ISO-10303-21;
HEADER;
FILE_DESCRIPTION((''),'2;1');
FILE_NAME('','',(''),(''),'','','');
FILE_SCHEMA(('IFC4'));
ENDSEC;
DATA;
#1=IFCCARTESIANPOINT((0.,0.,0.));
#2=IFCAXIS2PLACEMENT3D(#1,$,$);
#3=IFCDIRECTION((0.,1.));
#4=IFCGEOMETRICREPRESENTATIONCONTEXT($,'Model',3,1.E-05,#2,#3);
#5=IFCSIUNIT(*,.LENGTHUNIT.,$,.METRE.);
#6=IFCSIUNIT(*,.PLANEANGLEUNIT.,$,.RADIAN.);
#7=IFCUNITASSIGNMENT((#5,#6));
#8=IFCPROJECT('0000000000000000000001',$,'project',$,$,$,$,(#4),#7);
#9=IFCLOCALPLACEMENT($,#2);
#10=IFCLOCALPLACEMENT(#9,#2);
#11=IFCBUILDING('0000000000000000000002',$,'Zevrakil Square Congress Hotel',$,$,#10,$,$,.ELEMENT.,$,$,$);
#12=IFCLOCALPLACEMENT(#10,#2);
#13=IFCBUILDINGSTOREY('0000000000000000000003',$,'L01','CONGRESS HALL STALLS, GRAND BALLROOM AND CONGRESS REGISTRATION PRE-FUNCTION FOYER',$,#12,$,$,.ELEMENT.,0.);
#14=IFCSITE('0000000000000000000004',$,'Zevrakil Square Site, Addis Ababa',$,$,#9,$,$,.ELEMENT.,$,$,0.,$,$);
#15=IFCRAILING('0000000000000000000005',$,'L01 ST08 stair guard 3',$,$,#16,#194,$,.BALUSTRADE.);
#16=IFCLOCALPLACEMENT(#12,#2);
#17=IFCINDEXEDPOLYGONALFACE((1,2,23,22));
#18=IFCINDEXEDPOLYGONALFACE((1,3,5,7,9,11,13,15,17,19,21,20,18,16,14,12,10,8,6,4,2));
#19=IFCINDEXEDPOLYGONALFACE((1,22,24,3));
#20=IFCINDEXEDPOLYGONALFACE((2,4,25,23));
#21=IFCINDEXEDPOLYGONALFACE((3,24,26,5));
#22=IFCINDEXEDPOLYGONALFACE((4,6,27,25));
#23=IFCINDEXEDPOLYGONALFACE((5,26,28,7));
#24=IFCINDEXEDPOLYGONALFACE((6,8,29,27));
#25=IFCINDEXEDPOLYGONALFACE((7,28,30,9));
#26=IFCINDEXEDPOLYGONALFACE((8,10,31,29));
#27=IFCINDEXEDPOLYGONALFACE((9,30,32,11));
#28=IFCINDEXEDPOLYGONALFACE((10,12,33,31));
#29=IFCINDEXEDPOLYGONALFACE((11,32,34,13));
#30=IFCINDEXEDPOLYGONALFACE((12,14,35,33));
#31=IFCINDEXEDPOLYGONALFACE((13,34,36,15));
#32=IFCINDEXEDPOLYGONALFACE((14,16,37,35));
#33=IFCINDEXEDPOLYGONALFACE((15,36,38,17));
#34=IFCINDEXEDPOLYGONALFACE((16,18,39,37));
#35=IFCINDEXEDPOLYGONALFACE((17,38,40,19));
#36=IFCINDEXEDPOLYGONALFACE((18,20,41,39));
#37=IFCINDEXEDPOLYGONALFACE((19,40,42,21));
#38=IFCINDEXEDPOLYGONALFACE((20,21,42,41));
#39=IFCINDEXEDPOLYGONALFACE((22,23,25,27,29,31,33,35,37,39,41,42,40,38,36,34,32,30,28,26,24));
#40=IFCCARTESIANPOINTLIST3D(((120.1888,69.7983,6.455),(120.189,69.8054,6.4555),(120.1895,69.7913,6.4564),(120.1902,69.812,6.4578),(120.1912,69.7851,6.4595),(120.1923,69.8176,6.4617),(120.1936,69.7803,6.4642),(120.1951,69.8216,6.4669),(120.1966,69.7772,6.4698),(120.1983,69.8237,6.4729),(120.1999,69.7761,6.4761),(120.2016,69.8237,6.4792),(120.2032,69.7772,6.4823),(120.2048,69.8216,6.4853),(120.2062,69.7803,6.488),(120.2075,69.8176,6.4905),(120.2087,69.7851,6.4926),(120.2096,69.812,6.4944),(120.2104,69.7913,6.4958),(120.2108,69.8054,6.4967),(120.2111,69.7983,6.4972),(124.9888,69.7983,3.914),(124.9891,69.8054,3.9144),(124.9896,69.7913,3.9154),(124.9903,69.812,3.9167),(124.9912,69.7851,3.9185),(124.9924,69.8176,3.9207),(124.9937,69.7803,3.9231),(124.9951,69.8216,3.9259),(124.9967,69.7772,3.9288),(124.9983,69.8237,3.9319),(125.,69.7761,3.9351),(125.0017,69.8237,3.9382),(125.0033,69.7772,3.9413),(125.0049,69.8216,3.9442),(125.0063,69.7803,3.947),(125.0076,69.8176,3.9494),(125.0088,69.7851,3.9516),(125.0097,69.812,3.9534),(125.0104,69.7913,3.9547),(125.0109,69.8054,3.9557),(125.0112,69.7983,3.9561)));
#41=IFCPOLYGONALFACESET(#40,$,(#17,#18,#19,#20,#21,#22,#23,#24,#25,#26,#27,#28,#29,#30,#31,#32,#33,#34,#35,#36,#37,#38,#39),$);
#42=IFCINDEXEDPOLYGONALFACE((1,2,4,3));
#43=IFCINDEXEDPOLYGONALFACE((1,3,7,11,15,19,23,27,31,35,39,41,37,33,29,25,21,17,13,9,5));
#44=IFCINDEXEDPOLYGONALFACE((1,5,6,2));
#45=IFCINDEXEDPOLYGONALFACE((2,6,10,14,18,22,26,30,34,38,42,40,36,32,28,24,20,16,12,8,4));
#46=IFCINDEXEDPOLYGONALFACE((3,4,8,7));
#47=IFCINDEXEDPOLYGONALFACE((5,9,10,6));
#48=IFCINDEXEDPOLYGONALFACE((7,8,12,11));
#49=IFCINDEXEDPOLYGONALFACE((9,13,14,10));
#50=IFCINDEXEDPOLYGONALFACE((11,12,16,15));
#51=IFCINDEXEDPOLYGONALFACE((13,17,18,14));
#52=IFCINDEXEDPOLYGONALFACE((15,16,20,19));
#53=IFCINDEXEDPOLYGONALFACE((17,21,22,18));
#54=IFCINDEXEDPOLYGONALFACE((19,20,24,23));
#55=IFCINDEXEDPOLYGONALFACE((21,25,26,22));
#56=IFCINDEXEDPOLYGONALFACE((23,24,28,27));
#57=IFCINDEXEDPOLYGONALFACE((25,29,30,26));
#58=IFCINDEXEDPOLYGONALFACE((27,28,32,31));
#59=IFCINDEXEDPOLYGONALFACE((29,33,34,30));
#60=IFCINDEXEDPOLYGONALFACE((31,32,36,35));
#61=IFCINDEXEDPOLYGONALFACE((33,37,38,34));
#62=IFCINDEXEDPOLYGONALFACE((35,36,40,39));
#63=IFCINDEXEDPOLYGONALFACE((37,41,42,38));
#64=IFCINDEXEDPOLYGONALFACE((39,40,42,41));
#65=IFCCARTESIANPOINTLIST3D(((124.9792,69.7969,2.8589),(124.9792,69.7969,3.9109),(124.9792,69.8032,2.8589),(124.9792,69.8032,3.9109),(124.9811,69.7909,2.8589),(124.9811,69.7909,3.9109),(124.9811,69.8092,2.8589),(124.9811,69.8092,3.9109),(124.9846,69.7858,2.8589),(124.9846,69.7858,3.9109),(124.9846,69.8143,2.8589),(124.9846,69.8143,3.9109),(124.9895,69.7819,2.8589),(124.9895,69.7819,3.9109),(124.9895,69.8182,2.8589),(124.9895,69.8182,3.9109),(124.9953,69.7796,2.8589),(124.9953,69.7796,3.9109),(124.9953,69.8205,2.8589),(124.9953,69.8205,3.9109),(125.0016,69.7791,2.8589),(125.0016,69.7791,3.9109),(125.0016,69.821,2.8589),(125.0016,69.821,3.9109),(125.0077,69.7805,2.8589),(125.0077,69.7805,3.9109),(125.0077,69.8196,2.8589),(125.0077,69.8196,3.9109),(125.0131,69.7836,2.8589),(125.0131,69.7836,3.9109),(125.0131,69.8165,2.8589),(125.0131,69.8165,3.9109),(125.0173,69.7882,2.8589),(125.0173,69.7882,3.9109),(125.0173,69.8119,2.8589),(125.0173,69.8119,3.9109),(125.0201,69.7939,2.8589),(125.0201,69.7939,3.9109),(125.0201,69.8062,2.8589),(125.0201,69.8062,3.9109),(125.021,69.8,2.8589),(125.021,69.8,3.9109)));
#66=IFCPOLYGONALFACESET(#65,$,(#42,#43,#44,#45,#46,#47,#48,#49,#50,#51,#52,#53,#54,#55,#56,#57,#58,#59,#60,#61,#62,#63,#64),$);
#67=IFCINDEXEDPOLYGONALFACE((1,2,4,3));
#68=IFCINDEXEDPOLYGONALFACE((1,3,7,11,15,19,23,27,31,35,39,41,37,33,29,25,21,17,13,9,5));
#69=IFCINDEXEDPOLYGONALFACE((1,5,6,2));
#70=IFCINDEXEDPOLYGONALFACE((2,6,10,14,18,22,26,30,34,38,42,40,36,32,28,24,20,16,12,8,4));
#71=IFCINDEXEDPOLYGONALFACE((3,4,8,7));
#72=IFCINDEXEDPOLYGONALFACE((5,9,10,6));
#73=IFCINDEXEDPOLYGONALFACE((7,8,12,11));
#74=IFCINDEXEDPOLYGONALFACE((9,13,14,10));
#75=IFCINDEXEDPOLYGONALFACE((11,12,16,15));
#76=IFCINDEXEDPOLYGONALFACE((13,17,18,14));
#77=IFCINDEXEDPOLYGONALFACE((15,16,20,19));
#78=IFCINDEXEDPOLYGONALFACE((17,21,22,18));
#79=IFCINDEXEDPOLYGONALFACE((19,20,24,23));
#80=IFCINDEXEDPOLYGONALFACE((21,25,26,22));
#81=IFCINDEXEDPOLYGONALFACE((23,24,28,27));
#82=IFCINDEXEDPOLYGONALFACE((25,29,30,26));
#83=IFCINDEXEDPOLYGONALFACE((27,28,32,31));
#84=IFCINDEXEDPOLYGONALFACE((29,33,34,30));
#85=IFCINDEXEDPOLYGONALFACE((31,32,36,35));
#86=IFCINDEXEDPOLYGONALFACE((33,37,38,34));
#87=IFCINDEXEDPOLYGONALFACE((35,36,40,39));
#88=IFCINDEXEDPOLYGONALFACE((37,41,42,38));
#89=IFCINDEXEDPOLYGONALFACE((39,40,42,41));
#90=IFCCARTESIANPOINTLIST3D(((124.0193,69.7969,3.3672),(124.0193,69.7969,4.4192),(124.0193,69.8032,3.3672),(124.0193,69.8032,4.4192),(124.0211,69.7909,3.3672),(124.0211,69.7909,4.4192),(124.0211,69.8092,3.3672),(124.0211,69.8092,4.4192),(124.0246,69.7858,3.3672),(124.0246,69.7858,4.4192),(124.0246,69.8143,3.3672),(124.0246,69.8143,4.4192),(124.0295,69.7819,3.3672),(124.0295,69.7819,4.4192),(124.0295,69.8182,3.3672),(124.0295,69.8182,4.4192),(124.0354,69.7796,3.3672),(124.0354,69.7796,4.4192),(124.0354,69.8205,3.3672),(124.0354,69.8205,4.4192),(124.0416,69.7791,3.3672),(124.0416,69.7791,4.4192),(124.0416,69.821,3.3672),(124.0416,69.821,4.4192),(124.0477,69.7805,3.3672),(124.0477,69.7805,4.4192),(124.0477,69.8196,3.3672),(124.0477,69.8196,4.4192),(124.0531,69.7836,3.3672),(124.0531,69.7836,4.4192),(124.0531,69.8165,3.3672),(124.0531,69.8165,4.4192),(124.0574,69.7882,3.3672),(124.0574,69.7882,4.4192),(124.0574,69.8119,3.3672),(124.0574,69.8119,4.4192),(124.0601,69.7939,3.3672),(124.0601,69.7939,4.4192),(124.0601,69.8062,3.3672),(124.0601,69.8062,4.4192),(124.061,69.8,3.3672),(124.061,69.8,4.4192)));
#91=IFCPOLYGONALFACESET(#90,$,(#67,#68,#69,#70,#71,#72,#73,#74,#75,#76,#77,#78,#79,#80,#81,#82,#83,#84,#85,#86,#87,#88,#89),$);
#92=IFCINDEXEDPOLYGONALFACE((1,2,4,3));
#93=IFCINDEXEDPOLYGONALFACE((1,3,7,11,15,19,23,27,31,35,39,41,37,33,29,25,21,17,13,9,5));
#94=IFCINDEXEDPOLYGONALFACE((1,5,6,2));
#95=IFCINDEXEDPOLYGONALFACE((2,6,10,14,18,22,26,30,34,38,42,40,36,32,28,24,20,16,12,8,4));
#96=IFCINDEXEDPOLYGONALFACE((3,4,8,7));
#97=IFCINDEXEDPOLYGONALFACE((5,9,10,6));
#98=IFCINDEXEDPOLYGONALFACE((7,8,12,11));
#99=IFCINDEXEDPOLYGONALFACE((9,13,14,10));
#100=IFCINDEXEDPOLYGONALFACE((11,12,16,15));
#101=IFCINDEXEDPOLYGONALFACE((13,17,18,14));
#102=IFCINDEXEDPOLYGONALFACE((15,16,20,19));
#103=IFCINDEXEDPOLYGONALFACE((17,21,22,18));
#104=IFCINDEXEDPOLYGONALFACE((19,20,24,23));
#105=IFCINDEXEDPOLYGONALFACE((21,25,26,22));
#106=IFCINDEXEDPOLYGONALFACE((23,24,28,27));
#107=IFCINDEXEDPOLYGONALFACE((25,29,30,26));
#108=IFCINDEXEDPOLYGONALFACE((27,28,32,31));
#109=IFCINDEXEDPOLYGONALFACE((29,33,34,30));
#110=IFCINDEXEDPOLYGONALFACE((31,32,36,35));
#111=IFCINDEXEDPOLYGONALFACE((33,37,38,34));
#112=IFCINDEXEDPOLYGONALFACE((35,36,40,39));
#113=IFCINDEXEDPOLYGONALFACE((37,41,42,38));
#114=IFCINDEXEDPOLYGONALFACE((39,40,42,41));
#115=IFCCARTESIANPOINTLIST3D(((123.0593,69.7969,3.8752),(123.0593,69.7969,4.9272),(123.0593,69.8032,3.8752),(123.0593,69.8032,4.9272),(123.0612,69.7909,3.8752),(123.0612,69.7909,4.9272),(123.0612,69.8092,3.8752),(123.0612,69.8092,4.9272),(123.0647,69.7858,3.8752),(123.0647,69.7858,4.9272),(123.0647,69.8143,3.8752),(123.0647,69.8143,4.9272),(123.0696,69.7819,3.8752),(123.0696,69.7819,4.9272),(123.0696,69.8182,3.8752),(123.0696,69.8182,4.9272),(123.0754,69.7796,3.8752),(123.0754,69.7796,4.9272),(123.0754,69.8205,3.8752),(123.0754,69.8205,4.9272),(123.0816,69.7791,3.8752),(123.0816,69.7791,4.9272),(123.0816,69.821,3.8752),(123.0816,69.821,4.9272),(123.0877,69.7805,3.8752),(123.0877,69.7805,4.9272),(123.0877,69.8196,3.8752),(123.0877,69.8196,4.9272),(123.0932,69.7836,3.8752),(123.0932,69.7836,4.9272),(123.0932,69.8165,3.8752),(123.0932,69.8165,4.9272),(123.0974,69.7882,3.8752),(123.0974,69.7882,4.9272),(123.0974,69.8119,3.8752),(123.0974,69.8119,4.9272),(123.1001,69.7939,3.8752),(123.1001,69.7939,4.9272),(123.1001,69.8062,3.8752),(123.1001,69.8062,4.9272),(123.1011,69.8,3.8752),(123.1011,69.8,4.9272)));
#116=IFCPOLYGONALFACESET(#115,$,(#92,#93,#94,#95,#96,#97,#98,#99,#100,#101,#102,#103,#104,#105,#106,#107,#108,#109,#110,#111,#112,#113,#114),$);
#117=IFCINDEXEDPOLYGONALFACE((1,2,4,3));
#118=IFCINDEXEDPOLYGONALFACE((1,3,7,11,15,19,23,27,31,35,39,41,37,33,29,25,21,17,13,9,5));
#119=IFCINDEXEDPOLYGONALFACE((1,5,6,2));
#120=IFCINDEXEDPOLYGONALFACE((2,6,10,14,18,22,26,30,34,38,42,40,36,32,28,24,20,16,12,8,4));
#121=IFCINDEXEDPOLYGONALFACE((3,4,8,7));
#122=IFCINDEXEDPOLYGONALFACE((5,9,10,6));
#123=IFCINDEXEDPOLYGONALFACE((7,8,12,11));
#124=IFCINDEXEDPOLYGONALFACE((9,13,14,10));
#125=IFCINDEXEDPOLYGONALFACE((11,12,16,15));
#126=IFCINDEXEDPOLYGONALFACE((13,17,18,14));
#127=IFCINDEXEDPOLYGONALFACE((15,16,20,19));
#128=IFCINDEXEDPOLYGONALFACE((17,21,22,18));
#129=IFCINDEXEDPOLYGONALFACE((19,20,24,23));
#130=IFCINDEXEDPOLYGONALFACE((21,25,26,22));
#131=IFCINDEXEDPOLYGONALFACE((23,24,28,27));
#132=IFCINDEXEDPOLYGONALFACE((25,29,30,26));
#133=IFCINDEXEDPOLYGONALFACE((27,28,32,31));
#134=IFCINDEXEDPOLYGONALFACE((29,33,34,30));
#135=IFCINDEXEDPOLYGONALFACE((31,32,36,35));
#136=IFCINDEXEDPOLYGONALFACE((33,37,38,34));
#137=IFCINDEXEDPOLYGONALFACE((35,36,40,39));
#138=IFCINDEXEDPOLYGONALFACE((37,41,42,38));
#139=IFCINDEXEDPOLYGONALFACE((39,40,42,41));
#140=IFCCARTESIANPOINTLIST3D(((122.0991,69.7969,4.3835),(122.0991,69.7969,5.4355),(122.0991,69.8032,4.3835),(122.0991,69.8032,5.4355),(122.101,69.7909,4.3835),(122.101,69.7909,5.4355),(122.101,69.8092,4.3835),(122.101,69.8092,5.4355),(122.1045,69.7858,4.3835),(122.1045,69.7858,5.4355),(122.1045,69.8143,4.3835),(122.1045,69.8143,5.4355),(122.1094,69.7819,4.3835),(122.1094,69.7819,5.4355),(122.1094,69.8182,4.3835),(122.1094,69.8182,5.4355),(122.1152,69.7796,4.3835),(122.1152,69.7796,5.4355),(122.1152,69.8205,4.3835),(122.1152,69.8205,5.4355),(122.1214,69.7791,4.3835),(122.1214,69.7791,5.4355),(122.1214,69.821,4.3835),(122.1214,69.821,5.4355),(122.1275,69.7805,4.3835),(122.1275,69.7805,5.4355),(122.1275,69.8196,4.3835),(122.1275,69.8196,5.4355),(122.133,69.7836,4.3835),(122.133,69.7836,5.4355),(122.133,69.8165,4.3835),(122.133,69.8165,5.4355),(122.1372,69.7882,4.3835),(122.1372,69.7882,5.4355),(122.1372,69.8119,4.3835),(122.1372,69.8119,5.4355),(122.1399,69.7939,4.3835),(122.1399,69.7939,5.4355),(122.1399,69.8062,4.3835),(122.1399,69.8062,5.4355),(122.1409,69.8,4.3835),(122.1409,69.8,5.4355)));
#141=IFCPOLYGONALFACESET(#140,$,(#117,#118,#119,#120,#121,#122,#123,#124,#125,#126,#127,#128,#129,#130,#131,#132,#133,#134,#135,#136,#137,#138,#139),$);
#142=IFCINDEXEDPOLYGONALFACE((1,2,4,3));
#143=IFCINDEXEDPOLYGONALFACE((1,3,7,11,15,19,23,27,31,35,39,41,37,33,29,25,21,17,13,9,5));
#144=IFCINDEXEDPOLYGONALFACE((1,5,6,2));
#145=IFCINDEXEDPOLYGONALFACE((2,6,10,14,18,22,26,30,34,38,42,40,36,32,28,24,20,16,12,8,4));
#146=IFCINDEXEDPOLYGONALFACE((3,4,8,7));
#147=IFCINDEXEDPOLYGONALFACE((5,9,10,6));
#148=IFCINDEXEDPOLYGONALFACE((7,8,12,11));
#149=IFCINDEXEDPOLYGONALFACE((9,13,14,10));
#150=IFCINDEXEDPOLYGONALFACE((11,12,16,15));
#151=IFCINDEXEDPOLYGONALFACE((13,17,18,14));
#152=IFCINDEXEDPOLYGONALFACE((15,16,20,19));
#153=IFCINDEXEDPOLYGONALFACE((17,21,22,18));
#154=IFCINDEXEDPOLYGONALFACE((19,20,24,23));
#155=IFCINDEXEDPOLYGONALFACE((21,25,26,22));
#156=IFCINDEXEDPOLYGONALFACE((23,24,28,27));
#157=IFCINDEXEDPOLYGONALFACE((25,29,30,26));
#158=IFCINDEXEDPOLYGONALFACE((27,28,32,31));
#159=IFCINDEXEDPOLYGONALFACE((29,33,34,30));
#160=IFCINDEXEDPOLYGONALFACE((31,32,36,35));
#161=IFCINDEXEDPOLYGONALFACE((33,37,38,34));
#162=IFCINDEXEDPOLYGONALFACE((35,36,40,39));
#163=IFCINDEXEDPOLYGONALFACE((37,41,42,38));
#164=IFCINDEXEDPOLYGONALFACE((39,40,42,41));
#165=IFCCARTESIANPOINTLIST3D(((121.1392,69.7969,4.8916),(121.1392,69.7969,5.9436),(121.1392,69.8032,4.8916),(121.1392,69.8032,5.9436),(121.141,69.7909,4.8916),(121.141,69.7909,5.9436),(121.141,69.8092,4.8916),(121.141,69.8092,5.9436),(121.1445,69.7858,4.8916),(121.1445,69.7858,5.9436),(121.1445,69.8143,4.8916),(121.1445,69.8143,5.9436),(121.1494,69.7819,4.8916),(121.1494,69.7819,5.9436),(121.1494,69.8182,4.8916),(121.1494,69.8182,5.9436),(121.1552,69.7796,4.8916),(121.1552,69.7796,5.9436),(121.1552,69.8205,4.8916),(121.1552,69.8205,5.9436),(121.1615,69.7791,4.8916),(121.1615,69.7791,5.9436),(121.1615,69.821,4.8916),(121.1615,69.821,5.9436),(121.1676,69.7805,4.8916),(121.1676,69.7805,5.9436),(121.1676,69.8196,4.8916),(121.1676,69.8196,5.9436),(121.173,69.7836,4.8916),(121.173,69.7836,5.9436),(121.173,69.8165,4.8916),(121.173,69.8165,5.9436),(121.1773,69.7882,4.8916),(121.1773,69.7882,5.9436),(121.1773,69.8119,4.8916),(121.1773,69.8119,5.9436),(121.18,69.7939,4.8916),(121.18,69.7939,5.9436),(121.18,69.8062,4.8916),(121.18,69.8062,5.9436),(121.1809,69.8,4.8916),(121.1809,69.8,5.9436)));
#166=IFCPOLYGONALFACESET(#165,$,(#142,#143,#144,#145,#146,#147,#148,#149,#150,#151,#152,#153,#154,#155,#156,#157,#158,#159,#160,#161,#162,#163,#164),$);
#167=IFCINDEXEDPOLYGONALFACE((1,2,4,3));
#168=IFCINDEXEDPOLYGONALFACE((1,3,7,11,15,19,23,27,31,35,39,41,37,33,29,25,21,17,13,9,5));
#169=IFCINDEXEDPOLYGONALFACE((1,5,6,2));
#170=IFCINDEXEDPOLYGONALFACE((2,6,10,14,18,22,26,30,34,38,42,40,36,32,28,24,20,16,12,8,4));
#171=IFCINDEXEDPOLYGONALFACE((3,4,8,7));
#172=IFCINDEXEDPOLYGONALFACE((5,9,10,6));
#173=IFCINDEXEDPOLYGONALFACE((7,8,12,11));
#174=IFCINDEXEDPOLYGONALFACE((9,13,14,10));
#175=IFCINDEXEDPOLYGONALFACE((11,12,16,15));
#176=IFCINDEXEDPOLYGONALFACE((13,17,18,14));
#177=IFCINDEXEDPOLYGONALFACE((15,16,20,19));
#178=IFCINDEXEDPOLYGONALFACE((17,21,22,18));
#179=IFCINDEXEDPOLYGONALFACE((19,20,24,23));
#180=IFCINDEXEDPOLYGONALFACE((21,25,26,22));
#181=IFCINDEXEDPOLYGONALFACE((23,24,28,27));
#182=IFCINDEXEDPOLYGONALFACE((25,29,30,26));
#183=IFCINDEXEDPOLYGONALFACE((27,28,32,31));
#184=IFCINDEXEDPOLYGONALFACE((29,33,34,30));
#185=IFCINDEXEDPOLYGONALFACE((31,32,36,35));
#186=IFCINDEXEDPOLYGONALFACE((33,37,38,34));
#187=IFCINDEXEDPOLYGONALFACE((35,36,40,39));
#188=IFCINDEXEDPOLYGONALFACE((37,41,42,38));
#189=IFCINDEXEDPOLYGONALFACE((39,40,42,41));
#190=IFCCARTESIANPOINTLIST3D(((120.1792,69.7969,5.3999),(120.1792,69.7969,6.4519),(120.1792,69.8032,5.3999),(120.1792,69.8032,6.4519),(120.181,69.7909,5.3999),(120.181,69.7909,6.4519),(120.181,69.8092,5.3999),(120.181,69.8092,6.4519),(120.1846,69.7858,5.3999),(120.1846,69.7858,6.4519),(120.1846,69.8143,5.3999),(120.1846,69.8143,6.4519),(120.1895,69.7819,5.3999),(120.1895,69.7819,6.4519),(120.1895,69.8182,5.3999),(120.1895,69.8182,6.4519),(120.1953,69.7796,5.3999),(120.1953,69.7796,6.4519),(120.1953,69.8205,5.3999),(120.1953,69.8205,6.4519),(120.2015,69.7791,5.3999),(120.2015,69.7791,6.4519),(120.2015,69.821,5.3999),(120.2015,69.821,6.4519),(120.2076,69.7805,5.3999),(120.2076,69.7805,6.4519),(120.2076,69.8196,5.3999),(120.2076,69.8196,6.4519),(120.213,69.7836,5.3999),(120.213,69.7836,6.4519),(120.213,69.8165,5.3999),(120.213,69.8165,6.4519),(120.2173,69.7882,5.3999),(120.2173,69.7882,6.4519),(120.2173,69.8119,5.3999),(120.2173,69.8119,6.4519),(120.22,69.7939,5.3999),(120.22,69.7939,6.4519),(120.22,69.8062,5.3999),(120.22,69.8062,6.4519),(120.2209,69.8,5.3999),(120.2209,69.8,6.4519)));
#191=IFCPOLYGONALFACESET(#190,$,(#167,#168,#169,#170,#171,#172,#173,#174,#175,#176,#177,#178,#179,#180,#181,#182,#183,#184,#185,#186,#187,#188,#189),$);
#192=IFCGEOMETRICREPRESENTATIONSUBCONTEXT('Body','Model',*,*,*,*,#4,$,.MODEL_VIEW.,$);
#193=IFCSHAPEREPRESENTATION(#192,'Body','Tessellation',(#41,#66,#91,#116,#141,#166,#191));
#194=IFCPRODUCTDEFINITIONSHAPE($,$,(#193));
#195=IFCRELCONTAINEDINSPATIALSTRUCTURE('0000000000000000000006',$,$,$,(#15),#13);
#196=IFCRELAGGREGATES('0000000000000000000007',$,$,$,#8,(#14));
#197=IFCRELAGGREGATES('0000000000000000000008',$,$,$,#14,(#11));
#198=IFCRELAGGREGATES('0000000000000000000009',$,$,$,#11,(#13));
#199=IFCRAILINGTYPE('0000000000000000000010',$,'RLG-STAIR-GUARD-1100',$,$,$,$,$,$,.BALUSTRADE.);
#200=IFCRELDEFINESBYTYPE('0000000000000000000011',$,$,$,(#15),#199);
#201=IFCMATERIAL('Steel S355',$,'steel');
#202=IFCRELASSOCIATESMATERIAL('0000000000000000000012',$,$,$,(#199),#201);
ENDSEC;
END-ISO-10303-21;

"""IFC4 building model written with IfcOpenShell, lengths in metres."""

from ifc_helpers import new_model, si_unit, direction, frame, origin, origin_2d, place, context, subcontext, project, spatial, circle, extrude, material, type_object, element, save


model = new_model("IFC4")

# Units and contexts
model_context = context("Model", 3, precision=1e-05, world=origin(), true_north=direction((0.0, 1.0)))
body_context = subcontext(model_context, "Body", "Model", "MODEL_VIEW")
ifc_project = project(units=[si_unit("LENGTHUNIT", "METRE"), si_unit("PLANEANGLEUNIT", "RADIAN")], contexts=[model_context])

# Site, building, storey
site_placement = place(None, origin())
site = spatial("IfcSite", under=ifc_project, at=site_placement, Name="Zevrakil Square Site, Addis Ababa", CompositionType="ELEMENT", RefElevation=0.0)
building_placement = place(site_placement, origin())
building = spatial("IfcBuilding", under=site, at=building_placement, Name="Zevrakil Square Congress Hotel", CompositionType="ELEMENT")
storey_placement = place(building_placement, origin())
storey = spatial("IfcBuildingStorey", under=building, at=storey_placement, Name="L01", Description="CONGRESS HALL STALLS, GRAND BALLROOM AND CONGRESS REGISTRATION PRE-FUNCTION FOYER", CompositionType="ELEMENT", Elevation=0.0)

# Railing
ifc_material_1 = material(Name="Steel S355", Category="steel")
railing_type_1 = type_object("IfcRailingType", Name="RLG-STAIR-GUARD-1100", PredefinedType="BALUSTRADE", material=ifc_material_1)
railing_1_placement = place(storey_placement, frame((125.0, 69.8, 2.8589)))
element("IfcRailing", 1, at=railing_1_placement, inside=storey, type_object=railing_type_1, Name="L01 ST08 stair guard 3", PredefinedType="BALUSTRADE", context=body_context, shape_type="SweptSolid", body=[
    extrude(circle(Radius=0.0239, at=origin_2d()), frame((0.0, 0.0, 1.0762), z_axis=(-0.883802, 0.0, 0.467861), x_axis=(0.0, -1.0, 0.0)), (0.0, 0.0, 1.0), 5.4312),
    extrude(circle(Radius=0.021, at=origin_2d()), origin(), (0.0, 0.0, 1.0), 1.052),
    extrude(circle(Radius=0.021, at=origin_2d()), frame((-0.96, 0.0, 0.5083)), (0.0, 0.0, 1.0), 1.052),
    extrude(circle(Radius=0.021, at=origin_2d()), frame((-1.9199, 0.0, 1.0164)), (0.0, 0.0, 1.0), 1.052),
    extrude(circle(Radius=0.021, at=origin_2d()), frame((-2.8801, 0.0, 1.5247)), (0.0, 0.0, 1.0), 1.052),
    extrude(circle(Radius=0.021, at=origin_2d()), frame((-3.8401, 0.0, 2.0327)), (0.0, 0.0, 1.0), 1.052),
    extrude(circle(Radius=0.021, at=origin_2d()), frame((-4.8, 0.0, 2.541)), (0.0, 0.0, 1.0), 1.052),
])

save(model, "model.ifc")
